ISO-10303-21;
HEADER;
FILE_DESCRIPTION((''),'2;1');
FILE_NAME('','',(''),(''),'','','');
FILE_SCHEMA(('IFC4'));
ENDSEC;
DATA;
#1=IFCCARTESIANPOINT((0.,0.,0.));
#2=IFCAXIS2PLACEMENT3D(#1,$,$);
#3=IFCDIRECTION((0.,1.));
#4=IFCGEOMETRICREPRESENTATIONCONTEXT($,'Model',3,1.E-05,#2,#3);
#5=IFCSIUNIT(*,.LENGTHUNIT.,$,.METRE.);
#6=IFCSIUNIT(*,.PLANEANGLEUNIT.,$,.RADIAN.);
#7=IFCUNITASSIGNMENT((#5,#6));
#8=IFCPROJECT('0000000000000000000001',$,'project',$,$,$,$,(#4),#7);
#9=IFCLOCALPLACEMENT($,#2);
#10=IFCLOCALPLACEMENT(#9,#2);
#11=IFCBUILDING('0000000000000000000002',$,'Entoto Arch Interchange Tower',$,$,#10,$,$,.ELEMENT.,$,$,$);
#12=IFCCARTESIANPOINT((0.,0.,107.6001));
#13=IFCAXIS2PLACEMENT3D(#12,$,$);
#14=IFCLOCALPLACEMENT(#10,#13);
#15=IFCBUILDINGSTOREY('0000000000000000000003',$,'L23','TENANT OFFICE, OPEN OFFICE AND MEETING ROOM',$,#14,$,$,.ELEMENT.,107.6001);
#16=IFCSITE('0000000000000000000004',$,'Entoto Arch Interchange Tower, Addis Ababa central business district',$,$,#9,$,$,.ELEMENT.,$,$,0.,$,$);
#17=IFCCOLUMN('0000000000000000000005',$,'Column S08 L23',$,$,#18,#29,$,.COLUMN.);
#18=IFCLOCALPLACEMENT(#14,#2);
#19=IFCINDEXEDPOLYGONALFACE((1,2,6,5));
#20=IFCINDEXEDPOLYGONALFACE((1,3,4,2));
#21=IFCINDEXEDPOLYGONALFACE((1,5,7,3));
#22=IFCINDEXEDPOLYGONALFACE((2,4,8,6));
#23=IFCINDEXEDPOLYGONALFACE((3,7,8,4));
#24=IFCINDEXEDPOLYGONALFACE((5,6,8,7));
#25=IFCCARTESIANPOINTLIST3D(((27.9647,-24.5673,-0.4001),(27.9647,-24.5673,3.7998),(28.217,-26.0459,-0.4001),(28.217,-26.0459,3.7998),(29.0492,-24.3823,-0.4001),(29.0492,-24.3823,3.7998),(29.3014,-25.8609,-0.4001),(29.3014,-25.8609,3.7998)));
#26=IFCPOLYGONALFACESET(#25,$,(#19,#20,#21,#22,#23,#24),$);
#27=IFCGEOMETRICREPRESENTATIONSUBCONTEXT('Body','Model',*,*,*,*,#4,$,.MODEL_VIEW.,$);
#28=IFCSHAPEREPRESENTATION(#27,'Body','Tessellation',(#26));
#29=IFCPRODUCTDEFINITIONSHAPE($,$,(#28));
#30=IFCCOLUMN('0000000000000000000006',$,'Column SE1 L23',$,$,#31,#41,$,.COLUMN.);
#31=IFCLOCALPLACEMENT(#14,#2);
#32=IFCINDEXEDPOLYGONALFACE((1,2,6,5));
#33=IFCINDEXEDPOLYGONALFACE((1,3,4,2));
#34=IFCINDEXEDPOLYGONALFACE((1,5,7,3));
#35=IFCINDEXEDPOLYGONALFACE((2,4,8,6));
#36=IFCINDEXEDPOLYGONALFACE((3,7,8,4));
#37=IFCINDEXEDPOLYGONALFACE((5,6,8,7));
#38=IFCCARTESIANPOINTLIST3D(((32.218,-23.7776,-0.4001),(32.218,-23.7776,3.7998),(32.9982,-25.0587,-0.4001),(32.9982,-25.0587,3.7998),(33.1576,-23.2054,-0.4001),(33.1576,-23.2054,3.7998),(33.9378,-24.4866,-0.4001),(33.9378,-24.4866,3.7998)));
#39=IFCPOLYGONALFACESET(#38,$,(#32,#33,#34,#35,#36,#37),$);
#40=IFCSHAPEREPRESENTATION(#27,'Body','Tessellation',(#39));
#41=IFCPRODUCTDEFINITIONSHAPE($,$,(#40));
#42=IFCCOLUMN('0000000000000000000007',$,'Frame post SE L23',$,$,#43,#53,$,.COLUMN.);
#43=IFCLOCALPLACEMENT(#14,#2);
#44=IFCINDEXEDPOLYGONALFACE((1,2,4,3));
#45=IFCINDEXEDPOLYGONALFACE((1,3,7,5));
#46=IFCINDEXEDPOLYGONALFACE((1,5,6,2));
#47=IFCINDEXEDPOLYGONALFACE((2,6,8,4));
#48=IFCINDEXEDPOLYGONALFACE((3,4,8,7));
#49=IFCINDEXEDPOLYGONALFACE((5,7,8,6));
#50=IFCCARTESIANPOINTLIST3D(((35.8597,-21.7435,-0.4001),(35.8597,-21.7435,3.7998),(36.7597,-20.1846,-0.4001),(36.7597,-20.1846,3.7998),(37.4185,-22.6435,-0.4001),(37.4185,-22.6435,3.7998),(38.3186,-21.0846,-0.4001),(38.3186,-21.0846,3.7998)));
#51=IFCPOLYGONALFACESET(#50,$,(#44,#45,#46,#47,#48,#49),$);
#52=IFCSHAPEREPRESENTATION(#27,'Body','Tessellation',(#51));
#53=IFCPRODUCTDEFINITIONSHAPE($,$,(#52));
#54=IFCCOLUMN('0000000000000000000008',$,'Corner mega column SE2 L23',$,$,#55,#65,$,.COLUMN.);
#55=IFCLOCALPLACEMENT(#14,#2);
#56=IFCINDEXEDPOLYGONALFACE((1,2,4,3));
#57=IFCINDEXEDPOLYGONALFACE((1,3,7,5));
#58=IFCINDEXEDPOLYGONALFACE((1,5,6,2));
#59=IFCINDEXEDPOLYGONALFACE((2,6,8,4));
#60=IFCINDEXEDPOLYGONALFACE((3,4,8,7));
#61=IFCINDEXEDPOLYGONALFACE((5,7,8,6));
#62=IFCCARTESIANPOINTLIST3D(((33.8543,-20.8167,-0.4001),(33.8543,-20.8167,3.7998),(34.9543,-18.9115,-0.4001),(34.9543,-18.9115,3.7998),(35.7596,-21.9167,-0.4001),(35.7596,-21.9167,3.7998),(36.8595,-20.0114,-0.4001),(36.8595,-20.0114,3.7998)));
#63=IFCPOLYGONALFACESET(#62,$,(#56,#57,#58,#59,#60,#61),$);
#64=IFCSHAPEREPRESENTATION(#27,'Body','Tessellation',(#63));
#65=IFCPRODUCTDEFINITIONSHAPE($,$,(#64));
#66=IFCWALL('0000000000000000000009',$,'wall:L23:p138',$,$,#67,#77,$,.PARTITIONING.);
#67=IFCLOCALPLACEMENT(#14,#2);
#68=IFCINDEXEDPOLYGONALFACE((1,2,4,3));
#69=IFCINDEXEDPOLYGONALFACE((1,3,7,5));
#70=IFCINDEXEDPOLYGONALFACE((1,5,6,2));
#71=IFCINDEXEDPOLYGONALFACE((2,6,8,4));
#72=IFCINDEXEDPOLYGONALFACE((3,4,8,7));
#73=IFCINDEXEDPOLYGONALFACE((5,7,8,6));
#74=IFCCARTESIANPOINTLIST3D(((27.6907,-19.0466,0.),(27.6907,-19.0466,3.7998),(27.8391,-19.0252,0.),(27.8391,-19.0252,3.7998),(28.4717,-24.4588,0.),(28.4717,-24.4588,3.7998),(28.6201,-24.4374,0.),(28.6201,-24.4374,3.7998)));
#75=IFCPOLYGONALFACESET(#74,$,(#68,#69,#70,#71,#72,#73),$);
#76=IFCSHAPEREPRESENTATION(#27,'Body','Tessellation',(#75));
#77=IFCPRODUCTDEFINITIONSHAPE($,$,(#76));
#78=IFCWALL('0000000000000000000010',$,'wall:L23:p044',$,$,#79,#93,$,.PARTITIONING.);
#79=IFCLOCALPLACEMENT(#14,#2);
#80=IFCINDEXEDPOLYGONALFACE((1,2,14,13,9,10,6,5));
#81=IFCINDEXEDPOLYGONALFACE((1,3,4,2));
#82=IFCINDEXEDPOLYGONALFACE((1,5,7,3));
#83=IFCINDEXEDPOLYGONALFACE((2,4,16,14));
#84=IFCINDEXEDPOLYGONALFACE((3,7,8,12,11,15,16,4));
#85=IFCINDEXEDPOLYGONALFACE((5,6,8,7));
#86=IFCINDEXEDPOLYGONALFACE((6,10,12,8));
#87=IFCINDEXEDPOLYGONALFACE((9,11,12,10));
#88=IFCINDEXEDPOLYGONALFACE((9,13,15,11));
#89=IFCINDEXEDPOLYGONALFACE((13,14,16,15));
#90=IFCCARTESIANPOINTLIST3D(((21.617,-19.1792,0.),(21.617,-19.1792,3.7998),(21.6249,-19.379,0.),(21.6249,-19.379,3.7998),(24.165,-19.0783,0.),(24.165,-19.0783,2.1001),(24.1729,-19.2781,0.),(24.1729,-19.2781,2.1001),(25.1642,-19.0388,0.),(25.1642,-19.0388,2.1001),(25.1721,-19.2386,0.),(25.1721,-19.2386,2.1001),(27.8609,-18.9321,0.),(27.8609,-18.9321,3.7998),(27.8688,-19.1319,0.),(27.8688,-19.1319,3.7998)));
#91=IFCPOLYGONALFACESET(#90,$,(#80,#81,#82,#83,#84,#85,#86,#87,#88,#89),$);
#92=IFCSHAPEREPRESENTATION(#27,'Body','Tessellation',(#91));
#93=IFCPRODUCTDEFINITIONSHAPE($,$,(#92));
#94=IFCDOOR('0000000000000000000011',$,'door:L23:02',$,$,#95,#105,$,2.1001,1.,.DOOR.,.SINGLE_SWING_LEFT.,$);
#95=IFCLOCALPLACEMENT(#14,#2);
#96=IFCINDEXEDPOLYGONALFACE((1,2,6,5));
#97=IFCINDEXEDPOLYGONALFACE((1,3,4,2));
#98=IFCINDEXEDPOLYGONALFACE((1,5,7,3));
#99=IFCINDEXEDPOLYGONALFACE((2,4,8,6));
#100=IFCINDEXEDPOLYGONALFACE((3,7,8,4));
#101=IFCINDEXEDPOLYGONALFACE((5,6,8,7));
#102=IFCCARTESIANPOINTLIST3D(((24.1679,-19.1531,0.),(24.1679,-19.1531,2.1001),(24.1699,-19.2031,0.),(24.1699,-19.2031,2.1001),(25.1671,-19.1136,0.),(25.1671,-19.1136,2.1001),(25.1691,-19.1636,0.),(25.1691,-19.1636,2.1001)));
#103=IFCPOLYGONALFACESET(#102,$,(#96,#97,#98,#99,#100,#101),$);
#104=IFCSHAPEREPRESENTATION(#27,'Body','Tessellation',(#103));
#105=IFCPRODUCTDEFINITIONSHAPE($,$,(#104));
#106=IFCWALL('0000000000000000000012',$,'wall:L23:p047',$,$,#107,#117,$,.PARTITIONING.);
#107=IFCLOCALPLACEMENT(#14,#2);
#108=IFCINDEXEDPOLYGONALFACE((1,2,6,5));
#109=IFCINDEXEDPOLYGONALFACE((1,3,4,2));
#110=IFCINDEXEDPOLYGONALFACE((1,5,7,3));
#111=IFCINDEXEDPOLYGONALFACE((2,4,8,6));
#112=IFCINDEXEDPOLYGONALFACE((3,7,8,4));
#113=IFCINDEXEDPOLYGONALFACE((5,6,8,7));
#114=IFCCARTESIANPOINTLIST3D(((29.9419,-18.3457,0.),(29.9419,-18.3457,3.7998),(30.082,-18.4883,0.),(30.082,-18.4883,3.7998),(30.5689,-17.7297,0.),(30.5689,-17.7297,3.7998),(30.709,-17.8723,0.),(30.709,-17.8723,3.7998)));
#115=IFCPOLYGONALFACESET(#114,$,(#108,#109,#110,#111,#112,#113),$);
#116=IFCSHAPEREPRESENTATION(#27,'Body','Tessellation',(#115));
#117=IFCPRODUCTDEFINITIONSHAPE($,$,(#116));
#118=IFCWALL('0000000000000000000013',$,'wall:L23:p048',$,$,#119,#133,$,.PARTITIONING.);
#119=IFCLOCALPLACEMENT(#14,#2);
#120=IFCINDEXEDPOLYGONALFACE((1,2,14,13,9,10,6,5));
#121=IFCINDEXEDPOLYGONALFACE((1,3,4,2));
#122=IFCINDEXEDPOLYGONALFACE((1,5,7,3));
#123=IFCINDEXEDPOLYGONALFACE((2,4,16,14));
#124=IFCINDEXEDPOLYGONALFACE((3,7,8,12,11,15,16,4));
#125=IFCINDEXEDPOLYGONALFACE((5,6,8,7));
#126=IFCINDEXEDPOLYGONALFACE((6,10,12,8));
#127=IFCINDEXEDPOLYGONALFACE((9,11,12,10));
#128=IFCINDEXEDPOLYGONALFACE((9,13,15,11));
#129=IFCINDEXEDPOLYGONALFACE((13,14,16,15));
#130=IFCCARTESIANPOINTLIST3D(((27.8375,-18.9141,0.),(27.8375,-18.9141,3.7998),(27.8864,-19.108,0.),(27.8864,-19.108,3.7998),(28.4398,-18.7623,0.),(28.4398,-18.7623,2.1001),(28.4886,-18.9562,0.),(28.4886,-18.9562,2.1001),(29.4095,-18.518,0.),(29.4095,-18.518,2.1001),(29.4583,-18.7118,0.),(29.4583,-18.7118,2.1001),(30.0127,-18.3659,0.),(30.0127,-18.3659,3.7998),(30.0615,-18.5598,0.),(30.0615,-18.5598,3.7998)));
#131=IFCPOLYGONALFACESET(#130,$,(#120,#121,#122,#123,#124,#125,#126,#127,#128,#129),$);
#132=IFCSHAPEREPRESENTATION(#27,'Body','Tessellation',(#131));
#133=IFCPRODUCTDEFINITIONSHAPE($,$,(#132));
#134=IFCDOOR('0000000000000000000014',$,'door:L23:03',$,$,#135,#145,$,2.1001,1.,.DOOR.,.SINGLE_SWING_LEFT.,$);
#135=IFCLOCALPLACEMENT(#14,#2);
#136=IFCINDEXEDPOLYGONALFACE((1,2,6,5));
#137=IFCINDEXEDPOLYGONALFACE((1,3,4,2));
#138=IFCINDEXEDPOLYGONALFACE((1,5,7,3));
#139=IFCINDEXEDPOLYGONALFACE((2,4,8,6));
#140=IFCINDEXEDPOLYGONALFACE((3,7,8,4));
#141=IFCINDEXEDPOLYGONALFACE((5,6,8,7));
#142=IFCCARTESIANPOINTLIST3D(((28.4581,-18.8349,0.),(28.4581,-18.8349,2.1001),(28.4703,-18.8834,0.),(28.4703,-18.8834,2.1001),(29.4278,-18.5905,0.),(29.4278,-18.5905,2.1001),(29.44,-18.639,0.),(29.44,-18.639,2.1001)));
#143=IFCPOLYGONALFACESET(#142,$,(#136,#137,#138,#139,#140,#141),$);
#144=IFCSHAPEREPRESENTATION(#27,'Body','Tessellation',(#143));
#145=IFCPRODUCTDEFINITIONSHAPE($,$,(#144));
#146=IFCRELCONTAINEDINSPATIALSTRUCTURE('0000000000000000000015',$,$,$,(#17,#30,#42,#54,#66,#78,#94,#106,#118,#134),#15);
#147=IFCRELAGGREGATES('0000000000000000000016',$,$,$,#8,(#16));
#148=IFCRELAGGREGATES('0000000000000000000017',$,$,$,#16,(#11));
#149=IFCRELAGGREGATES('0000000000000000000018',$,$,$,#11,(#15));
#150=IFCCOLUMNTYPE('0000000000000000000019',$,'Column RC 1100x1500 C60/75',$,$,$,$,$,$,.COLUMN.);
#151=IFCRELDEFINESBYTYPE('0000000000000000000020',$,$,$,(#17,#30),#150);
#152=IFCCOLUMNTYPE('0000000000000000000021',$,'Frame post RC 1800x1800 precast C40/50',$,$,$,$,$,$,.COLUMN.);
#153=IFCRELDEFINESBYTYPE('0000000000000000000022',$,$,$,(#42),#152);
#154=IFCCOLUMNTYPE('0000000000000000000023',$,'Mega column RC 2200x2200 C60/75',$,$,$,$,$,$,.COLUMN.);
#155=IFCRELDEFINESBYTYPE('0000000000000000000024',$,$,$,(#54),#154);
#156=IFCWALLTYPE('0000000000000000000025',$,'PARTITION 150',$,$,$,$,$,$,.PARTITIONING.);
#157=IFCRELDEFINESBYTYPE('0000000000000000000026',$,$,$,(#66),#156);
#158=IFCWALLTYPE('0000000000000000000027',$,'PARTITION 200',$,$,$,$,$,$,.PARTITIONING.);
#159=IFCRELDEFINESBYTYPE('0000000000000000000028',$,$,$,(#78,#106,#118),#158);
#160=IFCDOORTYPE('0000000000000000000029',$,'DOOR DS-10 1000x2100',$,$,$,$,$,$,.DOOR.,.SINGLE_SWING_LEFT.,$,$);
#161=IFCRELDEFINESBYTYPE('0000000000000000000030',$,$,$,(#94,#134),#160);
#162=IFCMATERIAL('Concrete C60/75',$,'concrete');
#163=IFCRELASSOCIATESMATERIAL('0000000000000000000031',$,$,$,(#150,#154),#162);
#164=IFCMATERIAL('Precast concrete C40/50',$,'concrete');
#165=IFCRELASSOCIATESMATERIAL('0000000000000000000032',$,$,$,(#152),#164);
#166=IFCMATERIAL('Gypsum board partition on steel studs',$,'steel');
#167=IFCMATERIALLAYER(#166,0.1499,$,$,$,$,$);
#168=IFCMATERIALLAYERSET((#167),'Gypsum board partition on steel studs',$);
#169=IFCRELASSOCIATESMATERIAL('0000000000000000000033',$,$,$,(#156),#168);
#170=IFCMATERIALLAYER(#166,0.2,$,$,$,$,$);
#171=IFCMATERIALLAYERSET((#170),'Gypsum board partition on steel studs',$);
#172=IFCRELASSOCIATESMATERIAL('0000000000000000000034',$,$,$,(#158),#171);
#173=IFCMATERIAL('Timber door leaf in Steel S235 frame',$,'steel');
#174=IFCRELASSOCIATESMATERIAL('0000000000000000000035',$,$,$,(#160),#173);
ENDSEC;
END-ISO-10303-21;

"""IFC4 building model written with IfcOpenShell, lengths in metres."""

from ifc_helpers import new_model, si_unit, direction, frame, frame_2d, origin, origin_2d, place, context, subcontext, project, spatial, rectangle, extrude, material, layer, layer_set, material_profile, profile_set, type_object, element, fill, save


model = new_model("IFC4")

# Units and contexts
model_context = context("Model", 3, precision=1e-05, world=origin(), true_north=direction((0.0, 1.0)))
body_context = subcontext(model_context, "Body", "Model", "MODEL_VIEW")
ifc_project = project(units=[si_unit("LENGTHUNIT", "METRE"), si_unit("PLANEANGLEUNIT", "RADIAN")], contexts=[model_context])

# Site, building, storey
site_placement = place(None, origin())
site = spatial("IfcSite", under=ifc_project, at=site_placement, Name="Entoto Arch Interchange Tower, Addis Ababa central business district", CompositionType="ELEMENT", RefElevation=0.0)
building_placement = place(site_placement, origin())
building = spatial("IfcBuilding", under=site, at=building_placement, Name="Entoto Arch Interchange Tower", CompositionType="ELEMENT")
storey_placement = place(building_placement, frame((0.0, 0.0, 107.6001)))
storey = spatial("IfcBuildingStorey", under=building, at=storey_placement, Name="L23", Description="TENANT OFFICE, OPEN OFFICE AND MEETING ROOM", CompositionType="ELEMENT", Elevation=107.6001)

# Columns
ifc_material_1 = material(Name="Concrete C60/75", Category="concrete")
ifc_material_profile_1 = material_profile(ifc_material_1, rectangle(XDim=1.1001, YDim=1.5, at=origin_2d()))
ifc_profile_set_1 = profile_set([ifc_material_profile_1], Name="Concrete C60/75")
column_type_1 = type_object("IfcColumnType", Name="Column RC 1100x1500 C60/75", PredefinedType="COLUMN", material=ifc_profile_set_1)
for number, where, z_axis, x_axis, name in (
    (1, (28.6331, -25.2141, -0.4001), (0.0, 0.0, 1.0), (0.985759, 0.168162, 0.0), "Column S08 L23"),
    (2, (33.0779, -24.1321, -0.4001), (0.0, 0.0, 1.0), (0.854096, 0.520116, 0.0), "Column SE1 L23"),
):
    element("IfcColumn", number, at=place(storey_placement, frame(where, z_axis=z_axis, x_axis=x_axis)), inside=storey, type_object=column_type_1, Name=name, PredefinedType="COLUMN", context=body_context, shape_type="SweptSolid", body=[
        extrude(rectangle(XDim=1.1001, YDim=1.5, at=origin_2d()), origin(), (0.0, 0.0, 1.0), 4.2),
    ])
ifc_material_2 = material(Name="Precast concrete C40/50", Category="concrete")
ifc_material_profile_2 = material_profile(ifc_material_2, rectangle(XDim=1.8, YDim=1.8, at=origin_2d()))
ifc_profile_set_2 = profile_set([ifc_material_profile_2], Name="Precast concrete C40/50")
column_type_2 = type_object("IfcColumnType", Name="Frame post RC 1800x1800 precast C40/50", PredefinedType="COLUMN", material=ifc_profile_set_2)
column_1_placement = place(storey_placement, frame((37.0891, -21.4141, -0.4001), z_axis=(0.0, 0.0, 1.0), x_axis=(-0.866025, 0.5, 0.0)))
element("IfcColumn", 3, at=column_1_placement, inside=storey, type_object=column_type_2, Name="Frame post SE L23", PredefinedType="COLUMN", context=body_context, shape_type="SweptSolid", body=[
    extrude(rectangle(XDim=1.8, YDim=1.8, at=origin_2d()), origin(), (0.0, 0.0, 1.0), 4.2),
])
ifc_material_profile_3 = material_profile(ifc_material_1, rectangle(XDim=2.2, YDim=2.2, at=origin_2d()))
ifc_profile_set_3 = profile_set([ifc_material_profile_3], Name="Concrete C60/75")
column_type_3 = type_object("IfcColumnType", Name="Mega column RC 2200x2200 C60/75", PredefinedType="COLUMN", material=ifc_profile_set_3)
column_2_placement = place(storey_placement, frame((35.3569, -20.4141, -0.4001), z_axis=(0.0, 0.0, 1.0), x_axis=(-0.866025, 0.5, 0.0)))
element("IfcColumn", 4, at=column_2_placement, inside=storey, type_object=column_type_3, Name="Corner mega column SE2 L23", PredefinedType="COLUMN", context=body_context, shape_type="SweptSolid", body=[
    extrude(rectangle(XDim=2.2, YDim=2.2, at=origin_2d()), origin(), (0.0, 0.0, 1.0), 4.2),
])

# Wall
ifc_material_3 = material(Name="Gypsum board partition on steel studs", Category="steel")
ifc_layer_1 = layer(ifc_material_3, 0.1499)
ifc_layer_set_1 = layer_set([ifc_layer_1], Name="Gypsum board partition on steel studs")
wall_type_1 = type_object("IfcWallType", Name="PARTITION 150", PredefinedType="PARTITIONING", material=ifc_layer_set_1)
wall_1_placement = place(storey_placement, frame((27.7649, -19.0359, 0.0), z_axis=(0.0, 0.0, 1.0), x_axis=(0.142828, -0.989748, 0.0)))
element("IfcWall", 5, at=wall_1_placement, inside=storey, type_object=wall_type_1, Name="wall:L23:p138", PredefinedType="PARTITIONING", context=body_context, shape_type="SweptSolid", body=[
    extrude(rectangle(XDim=5.4683, YDim=0.1499, at=frame_2d((2.7341, 0.0))), origin(), (0.0, 0.0, 1.0), 3.7998),
])

# Wall, opening, door
ifc_layer_2 = layer(ifc_material_3, 0.2)
ifc_layer_set_2 = layer_set([ifc_layer_2], Name="Gypsum board partition on steel studs")
wall_type_2 = type_object("IfcWallType", Name="PARTITION 200", PredefinedType="PARTITIONING", material=ifc_layer_set_2)
wall_2_placement = place(storey_placement, frame((27.865, -19.032, 0.0), z_axis=(0.0, 0.0, 1.0), x_axis=(-0.999218, -0.039539, 0.0)))
wall_2 = element("IfcWall", 6, at=wall_2_placement, inside=storey, type_object=wall_type_2, Name="wall:L23:p044", PredefinedType="PARTITIONING", context=body_context, shape_type="SweptSolid", body=[
    extrude(rectangle(XDim=6.2488, YDim=0.2, at=frame_2d((3.1245, 0.0))), origin(), (0.0, 0.0, 1.0), 3.7998),
])
opening_1_placement = place(wall_2_placement, frame((2.699, 0.0, 0.0)))
opening_1 = element("IfcOpeningElement", 7, at=opening_1_placement, cuts=wall_2, PredefinedType="OPENING", context=body_context, shape_type="SweptSolid", body=[
    extrude(rectangle(XDim=1.0, YDim=2.1001, at=frame_2d((0.5, 1.05))), frame((0.0, 0.1099, 0.0), z_axis=(0.0, -1.0, 0.0), x_axis=(1.0, 0.0, 0.0)), (0.0, 0.0, 1.0), 0.22),
])
ifc_material_4 = material(Name="Timber door leaf in Steel S235 frame", Category="steel")
door_type = type_object("IfcDoorType", Name="DOOR DS-10 1000x2100", OperationType="SINGLE_SWING_LEFT", PredefinedType="DOOR", material=ifc_material_4)
door_1_placement = place(opening_1_placement, origin())
door_1 = element("IfcDoor", 8, at=door_1_placement, inside=storey, type_object=door_type, Name="door:L23:02", OperationType="SINGLE_SWING_LEFT", OverallHeight=2.1001, OverallWidth=1.0, PredefinedType="DOOR", context=body_context, shape_type="SweptSolid", body=[
    extrude(rectangle(XDim=1.0, YDim=2.1001, at=frame_2d((0.5, 1.05))), frame((0.0, 0.0249, 0.0), z_axis=(0.0, -1.0, 0.0), x_axis=(1.0, 0.0, 0.0)), (0.0, 0.0, 1.0), 0.05),
])
fill(opening_1, door_1)

# Wall
wall_3_placement = place(storey_placement, frame((30.6389, -17.801, 0.0), z_axis=(0.0, 0.0, 1.0), x_axis=(-0.713329, -0.700829, 0.0)))
element("IfcWall", 9, at=wall_3_placement, inside=storey, type_object=wall_type_2, Name="wall:L23:p047", PredefinedType="PARTITIONING", context=body_context, shape_type="SweptSolid", body=[
    extrude(rectangle(XDim=0.8789, YDim=0.2, at=frame_2d((0.4395, 0.0))), origin(), (0.0, 0.0, 1.0), 3.7998),
])

# Wall, opening, door
wall_4_placement = place(storey_placement, frame((30.0371, -18.4629, 0.0), z_axis=(0.0, 0.0, 1.0), x_axis=(-0.969686, -0.244354, 0.0)))
wall_4 = element("IfcWall", 10, at=wall_4_placement, inside=storey, type_object=wall_type_2, Name="wall:L23:p048", PredefinedType="PARTITIONING", context=body_context, shape_type="SweptSolid", body=[
    extrude(rectangle(XDim=2.2432, YDim=0.2, at=frame_2d((1.1216, 0.0))), origin(), (0.0, 0.0, 1.0), 3.7998),
])
opening_2_placement = place(wall_4_placement, frame((0.6221, 0.0, 0.0)))
opening_2 = element("IfcOpeningElement", 11, at=opening_2_placement, cuts=wall_4, PredefinedType="OPENING", context=body_context, shape_type="SweptSolid", body=[
    extrude(rectangle(XDim=1.0, YDim=2.1001, at=frame_2d((0.5, 1.05))), frame((0.0, 0.1099, 0.0), z_axis=(0.0, -1.0, 0.0), x_axis=(1.0, 0.0, 0.0)), (0.0, 0.0, 1.0), 0.22),
])
door_2_placement = place(opening_2_placement, origin())
door_2 = element("IfcDoor", 12, at=door_2_placement, inside=storey, type_object=door_type, Name="door:L23:03", OperationType="SINGLE_SWING_LEFT", OverallHeight=2.1001, OverallWidth=1.0, PredefinedType="DOOR", context=body_context, shape_type="SweptSolid", body=[
    extrude(rectangle(XDim=1.0, YDim=2.1001, at=frame_2d((0.5, 1.05))), frame((0.0, 0.0249, 0.0), z_axis=(0.0, -1.0, 0.0), x_axis=(1.0, 0.0, 0.0)), (0.0, 0.0, 1.0), 0.05),
])
fill(opening_2, door_2)

save(model, "model.ifc")
